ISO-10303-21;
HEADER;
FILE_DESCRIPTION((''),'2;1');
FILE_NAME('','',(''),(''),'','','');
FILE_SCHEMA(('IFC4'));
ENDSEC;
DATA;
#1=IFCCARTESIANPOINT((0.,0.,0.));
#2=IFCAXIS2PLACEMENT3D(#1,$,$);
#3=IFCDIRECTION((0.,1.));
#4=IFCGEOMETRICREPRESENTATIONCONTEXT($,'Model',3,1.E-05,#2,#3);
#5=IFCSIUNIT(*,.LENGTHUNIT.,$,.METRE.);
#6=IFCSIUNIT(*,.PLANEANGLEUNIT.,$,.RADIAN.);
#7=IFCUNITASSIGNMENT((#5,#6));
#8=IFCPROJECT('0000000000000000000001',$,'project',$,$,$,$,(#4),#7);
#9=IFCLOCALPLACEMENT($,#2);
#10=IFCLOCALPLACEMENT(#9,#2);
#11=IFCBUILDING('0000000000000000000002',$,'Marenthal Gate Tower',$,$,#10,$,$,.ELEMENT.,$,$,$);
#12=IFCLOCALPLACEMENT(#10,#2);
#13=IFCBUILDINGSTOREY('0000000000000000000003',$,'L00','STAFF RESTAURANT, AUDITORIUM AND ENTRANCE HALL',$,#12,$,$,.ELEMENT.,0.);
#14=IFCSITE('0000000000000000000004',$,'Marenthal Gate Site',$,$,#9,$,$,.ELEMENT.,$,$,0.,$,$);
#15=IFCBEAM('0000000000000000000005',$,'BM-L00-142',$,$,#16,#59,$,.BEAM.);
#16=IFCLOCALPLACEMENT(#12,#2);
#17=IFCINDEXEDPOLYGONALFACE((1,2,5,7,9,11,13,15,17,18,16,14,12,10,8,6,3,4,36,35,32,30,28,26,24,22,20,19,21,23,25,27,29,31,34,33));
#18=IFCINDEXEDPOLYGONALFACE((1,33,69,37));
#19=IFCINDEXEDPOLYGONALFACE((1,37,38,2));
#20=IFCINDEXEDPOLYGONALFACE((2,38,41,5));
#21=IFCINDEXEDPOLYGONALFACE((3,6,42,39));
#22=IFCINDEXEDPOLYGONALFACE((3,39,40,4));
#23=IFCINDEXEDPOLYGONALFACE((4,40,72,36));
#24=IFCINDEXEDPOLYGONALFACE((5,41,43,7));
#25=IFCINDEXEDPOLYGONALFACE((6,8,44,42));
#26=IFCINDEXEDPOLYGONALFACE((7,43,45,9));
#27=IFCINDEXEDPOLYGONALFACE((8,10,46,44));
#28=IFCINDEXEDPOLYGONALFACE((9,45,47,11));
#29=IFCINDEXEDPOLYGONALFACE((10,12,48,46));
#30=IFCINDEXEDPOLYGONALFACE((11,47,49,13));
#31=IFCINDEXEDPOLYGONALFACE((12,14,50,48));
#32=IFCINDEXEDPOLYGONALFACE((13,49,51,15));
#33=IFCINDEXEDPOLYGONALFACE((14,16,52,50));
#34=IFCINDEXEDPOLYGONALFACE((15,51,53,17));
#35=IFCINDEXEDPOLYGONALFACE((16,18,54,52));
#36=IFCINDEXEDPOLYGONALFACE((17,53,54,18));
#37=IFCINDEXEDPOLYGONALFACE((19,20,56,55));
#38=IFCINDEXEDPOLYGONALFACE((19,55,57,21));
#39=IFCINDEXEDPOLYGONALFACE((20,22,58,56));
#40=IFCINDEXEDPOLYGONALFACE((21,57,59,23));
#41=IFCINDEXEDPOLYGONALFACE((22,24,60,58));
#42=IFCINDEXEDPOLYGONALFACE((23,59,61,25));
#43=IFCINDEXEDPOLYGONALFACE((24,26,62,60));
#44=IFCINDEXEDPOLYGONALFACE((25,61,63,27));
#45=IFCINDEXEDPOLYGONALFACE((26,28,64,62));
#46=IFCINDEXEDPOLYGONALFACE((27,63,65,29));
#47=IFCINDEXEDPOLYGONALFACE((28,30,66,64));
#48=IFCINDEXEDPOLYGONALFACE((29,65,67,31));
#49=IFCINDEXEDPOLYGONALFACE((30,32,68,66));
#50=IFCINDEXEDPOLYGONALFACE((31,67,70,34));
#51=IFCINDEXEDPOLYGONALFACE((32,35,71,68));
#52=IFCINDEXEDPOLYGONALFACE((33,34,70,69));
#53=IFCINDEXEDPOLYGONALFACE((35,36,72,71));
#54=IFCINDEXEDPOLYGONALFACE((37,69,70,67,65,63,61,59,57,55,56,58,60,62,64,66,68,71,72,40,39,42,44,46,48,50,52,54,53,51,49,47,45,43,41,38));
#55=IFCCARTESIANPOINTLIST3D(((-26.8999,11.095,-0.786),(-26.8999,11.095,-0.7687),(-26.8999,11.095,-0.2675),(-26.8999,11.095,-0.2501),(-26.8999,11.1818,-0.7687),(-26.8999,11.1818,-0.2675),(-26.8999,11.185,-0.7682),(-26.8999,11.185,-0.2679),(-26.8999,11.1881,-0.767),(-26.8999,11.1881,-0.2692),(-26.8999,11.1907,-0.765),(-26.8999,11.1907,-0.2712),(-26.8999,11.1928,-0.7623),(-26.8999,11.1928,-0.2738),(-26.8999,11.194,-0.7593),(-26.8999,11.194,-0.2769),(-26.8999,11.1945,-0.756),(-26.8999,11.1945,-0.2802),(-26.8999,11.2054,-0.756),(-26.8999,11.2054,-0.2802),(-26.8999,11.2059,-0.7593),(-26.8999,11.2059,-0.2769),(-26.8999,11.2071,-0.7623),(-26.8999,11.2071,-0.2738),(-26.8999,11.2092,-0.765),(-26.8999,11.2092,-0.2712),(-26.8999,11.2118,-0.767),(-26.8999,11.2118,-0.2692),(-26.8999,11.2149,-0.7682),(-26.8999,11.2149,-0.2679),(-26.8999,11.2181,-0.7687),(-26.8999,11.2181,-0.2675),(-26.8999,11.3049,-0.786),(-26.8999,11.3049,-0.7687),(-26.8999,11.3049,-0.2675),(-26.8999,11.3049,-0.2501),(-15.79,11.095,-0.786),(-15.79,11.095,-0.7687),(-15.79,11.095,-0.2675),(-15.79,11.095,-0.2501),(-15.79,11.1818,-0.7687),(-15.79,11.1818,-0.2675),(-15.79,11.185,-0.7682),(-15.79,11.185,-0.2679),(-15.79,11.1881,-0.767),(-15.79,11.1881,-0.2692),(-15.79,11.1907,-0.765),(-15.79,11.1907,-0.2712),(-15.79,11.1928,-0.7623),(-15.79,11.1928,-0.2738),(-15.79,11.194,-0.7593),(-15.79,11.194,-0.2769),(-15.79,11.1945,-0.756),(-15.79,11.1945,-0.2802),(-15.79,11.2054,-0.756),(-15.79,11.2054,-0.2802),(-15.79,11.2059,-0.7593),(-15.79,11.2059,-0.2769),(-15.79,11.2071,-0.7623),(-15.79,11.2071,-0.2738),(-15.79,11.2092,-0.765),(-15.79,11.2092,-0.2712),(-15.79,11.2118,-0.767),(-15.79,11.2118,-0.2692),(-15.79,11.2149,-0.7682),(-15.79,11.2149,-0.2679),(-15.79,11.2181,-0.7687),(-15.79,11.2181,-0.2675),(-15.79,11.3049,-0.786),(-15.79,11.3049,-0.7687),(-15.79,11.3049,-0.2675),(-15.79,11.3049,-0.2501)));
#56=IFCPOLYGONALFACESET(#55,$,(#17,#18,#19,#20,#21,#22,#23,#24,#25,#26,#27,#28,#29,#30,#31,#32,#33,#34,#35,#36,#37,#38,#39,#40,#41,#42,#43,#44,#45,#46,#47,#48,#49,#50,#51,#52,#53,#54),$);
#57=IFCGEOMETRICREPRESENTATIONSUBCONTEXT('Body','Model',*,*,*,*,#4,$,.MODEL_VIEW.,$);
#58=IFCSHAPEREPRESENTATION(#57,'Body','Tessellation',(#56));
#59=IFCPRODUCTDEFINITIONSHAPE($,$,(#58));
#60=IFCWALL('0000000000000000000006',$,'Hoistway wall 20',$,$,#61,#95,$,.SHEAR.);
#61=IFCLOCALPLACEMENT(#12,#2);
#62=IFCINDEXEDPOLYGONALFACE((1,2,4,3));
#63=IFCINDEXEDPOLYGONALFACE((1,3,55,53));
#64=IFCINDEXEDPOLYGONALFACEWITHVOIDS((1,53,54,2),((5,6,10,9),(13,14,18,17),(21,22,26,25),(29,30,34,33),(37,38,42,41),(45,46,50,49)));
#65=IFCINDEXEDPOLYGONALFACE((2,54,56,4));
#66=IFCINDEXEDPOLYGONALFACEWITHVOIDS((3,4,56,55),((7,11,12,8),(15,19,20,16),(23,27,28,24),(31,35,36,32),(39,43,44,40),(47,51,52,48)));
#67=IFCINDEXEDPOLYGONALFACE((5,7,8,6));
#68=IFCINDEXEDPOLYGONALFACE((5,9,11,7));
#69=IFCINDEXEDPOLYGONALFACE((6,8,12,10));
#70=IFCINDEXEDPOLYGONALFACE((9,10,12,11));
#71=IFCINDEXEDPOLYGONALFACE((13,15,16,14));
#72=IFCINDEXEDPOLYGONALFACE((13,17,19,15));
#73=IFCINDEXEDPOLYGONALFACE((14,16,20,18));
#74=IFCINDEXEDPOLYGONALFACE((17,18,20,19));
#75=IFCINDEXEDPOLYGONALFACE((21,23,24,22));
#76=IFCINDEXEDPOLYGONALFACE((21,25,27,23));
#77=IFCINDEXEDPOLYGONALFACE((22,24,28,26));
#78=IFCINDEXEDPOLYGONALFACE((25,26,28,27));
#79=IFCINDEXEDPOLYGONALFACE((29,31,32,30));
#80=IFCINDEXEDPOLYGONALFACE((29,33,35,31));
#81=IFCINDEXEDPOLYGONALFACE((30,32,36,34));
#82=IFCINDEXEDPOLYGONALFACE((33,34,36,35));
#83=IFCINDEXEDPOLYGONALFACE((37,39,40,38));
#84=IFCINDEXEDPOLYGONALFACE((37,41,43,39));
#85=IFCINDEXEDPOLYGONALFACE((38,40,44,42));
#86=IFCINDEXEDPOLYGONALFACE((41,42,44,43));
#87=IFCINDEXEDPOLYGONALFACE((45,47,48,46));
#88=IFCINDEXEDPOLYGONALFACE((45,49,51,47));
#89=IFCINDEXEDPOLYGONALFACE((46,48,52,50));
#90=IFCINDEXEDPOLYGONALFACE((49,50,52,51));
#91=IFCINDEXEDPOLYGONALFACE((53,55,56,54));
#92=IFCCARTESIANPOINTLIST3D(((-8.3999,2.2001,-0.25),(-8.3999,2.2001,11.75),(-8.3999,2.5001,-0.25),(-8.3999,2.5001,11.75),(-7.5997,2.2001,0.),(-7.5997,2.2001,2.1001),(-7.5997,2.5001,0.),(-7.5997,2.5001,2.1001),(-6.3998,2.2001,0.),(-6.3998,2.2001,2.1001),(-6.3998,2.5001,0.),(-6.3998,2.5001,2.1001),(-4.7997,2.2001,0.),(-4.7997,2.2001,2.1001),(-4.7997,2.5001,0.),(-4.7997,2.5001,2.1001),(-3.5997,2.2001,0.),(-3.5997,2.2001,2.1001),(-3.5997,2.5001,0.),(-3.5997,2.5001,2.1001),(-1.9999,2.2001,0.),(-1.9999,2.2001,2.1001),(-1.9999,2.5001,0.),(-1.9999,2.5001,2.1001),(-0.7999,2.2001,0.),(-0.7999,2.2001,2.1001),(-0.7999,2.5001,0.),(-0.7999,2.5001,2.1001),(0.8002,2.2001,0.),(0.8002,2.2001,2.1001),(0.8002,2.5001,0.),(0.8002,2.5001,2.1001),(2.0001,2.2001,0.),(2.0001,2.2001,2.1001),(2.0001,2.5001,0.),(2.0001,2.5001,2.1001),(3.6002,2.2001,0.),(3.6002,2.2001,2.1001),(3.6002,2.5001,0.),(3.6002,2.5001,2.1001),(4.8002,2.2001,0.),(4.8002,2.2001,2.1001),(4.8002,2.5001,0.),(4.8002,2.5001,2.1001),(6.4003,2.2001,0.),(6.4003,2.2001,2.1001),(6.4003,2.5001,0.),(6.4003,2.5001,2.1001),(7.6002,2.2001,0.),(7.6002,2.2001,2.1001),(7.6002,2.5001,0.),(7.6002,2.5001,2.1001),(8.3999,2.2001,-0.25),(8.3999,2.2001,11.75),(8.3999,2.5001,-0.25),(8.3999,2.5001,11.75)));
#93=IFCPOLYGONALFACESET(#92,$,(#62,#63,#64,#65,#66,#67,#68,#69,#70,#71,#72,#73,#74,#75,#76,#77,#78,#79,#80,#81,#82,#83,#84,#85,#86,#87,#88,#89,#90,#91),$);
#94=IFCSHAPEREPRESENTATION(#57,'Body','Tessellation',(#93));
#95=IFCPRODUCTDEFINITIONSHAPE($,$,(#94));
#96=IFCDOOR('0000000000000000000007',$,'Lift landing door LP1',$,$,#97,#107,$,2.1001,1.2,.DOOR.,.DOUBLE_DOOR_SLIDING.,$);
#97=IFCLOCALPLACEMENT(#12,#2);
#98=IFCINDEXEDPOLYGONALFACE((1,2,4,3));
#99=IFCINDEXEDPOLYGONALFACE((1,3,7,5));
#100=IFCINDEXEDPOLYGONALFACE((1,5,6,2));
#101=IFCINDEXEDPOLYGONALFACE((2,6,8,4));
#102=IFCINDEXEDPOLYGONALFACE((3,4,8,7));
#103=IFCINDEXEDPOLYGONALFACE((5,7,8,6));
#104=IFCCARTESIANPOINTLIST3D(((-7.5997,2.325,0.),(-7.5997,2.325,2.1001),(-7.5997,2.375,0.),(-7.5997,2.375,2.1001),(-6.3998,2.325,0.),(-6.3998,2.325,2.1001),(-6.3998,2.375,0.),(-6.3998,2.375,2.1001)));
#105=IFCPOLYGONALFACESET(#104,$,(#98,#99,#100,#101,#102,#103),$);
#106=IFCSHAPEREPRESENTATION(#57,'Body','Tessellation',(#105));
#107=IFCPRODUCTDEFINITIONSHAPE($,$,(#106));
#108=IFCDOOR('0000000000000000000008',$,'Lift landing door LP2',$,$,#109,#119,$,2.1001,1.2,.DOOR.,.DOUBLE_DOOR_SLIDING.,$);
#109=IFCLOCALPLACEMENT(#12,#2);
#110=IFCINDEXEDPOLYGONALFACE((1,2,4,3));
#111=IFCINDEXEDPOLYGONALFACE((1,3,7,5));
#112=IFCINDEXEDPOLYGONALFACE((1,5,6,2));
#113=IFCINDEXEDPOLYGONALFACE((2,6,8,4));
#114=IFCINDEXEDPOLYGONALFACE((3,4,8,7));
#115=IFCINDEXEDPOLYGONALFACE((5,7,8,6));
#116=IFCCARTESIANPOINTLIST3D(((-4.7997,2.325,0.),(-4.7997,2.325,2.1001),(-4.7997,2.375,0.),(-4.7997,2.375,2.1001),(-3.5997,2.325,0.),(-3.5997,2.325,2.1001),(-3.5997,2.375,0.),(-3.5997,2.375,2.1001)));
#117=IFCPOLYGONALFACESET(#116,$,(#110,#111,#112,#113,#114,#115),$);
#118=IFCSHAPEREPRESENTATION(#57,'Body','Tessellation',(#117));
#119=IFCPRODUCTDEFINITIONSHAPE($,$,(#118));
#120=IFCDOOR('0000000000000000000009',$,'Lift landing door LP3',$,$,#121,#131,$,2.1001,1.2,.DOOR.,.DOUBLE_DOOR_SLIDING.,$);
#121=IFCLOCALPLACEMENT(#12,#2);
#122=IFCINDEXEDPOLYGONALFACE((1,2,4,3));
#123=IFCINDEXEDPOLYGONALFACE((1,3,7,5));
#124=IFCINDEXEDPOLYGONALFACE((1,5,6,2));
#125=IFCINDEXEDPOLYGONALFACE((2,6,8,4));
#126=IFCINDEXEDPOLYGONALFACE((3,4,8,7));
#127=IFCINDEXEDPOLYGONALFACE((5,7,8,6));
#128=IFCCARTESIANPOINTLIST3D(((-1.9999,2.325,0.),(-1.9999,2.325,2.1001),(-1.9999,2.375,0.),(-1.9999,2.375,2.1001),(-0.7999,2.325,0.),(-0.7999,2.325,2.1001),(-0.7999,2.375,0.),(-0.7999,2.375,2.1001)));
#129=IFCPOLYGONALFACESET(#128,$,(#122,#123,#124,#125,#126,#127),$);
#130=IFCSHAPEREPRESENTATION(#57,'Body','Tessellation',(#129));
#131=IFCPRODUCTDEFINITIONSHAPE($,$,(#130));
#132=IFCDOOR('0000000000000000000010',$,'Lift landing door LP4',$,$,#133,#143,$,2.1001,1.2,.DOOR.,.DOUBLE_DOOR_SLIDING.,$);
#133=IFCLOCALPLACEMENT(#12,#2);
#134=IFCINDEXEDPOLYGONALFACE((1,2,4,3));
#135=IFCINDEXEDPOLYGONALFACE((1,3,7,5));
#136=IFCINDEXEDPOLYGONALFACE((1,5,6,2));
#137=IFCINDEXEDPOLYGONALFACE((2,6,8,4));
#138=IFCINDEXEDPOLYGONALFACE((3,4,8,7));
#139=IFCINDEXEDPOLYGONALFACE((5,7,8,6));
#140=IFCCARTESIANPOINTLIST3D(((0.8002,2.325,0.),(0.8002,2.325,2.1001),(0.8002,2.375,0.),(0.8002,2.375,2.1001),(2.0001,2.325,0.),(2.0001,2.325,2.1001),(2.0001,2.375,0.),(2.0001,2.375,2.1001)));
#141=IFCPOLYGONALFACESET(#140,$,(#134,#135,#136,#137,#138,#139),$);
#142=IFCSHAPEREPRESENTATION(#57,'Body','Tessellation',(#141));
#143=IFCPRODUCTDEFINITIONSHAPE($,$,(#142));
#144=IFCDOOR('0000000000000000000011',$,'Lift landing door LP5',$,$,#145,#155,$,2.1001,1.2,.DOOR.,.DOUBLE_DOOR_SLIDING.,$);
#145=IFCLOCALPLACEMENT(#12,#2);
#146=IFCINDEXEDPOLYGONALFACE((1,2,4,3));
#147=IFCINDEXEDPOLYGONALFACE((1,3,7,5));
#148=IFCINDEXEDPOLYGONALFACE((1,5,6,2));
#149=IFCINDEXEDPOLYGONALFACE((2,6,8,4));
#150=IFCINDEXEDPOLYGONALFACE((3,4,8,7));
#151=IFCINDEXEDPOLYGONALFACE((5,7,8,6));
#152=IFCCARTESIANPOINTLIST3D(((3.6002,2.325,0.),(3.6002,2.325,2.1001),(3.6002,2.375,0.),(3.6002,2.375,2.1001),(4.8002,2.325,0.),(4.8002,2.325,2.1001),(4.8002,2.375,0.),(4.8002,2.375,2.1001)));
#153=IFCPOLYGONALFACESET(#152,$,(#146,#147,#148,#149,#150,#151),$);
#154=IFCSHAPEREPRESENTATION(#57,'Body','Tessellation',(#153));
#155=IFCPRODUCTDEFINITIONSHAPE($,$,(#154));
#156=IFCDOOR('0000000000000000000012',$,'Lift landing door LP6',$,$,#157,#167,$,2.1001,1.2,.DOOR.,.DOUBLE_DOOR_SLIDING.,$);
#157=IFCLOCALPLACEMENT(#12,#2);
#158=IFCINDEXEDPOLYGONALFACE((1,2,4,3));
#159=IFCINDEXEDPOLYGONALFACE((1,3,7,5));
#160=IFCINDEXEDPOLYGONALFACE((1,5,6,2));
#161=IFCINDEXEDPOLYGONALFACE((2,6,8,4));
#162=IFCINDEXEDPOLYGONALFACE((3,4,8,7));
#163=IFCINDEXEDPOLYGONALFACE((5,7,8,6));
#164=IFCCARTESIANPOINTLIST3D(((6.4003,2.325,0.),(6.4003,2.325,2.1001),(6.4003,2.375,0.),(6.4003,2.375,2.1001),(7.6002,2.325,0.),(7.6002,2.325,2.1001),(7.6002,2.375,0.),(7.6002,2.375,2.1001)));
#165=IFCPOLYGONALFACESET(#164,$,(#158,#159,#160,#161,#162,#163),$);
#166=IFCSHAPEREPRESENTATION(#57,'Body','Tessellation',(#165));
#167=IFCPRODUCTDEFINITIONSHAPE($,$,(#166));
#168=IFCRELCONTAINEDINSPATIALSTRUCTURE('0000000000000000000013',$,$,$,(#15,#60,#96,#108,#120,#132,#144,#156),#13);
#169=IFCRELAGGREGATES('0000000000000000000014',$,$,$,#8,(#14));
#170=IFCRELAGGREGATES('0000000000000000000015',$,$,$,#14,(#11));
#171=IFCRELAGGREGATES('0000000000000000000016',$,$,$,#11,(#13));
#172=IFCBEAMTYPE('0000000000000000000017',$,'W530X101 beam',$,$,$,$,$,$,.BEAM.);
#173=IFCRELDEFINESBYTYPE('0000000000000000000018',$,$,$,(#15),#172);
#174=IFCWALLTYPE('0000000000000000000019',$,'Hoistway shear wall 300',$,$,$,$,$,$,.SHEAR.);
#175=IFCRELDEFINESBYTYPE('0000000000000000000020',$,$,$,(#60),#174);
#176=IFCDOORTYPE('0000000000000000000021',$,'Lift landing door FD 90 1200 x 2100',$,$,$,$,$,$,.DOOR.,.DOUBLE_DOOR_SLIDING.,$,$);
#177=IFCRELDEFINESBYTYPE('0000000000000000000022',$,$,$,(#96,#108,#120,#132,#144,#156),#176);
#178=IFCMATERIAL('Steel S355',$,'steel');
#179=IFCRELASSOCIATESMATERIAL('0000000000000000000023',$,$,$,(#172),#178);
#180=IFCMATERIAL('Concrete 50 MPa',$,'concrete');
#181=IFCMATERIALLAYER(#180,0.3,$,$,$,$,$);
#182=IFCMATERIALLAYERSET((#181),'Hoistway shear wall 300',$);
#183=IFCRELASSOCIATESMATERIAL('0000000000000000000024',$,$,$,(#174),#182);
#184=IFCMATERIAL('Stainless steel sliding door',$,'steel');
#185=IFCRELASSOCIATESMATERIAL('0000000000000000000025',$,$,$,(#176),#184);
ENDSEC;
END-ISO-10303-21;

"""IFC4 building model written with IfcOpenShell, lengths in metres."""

from ifc_helpers import new_model, si_unit, direction, frame, frame_2d, origin, origin_2d, place, context, subcontext, project, spatial, rectangle, i_section, extrude, material, layer, layer_set, material_profile, profile_set, type_object, element, fill, save


model = new_model("IFC4")

# Units and contexts
model_context = context("Model", 3, precision=1e-05, world=origin(), true_north=direction((0.0, 1.0)))
body_context = subcontext(model_context, "Body", "Model", "MODEL_VIEW")
ifc_project = project(units=[si_unit("LENGTHUNIT", "METRE"), si_unit("PLANEANGLEUNIT", "RADIAN")], contexts=[model_context])

# Site, building, storey
site_placement = place(None, origin())
site = spatial("IfcSite", under=ifc_project, at=site_placement, Name="Marenthal Gate Site", CompositionType="ELEMENT", RefElevation=0.0)
building_placement = place(site_placement, origin())
building = spatial("IfcBuilding", under=site, at=building_placement, Name="Marenthal Gate Tower", CompositionType="ELEMENT")
storey_placement = place(building_placement, origin())
storey = spatial("IfcBuildingStorey", under=building, at=storey_placement, Name="L00", Description="STAFF RESTAURANT, AUDITORIUM AND ENTRANCE HALL", CompositionType="ELEMENT", Elevation=0.0)

# Beam
ifc_material_1 = material(Name="Steel S355", Category="steel")
ifc_material_profile = material_profile(ifc_material_1, i_section(OverallWidth=0.21, OverallDepth=0.5359, WebThickness=0.011, FlangeThickness=0.0173, FilletRadius=0.0127, at=origin_2d()), Name="W530X101")
ifc_profile_set = profile_set([ifc_material_profile], Name="Steel S355")
beam_type = type_object("IfcBeamType", Name="W530X101 beam", PredefinedType="BEAM", material=ifc_profile_set)
beam_placement = place(storey_placement, frame((-15.79, 11.2, -0.5181), z_axis=(-1.0, 0.0, 0.0), x_axis=(0.0, -1.0, 0.0)))
element("IfcBeam", 1, at=beam_placement, inside=storey, type_object=beam_type, Name="BM-L00-142", PredefinedType="BEAM", context=body_context, shape_type="SweptSolid", body=[
    extrude(i_section(OverallWidth=0.21, OverallDepth=0.5359, WebThickness=0.011, FlangeThickness=0.0173, FilletRadius=0.0127, at=origin_2d()), origin(), (0.0, 0.0, 1.0), 11.1099),
])

# Wall, openings, doors
ifc_material_2 = material(Name="Concrete 50 MPa", Category="concrete")
ifc_layer_1 = layer(ifc_material_2, 0.3)
ifc_layer_set_1 = layer_set([ifc_layer_1], Name="Hoistway shear wall 300")
wall_type_1 = type_object("IfcWallType", Name="Hoistway shear wall 300", PredefinedType="SHEAR", material=ifc_layer_set_1)
wall_1_placement = place(storey_placement, frame((-8.3999, 2.3501, -0.25), z_axis=(0.0, 0.0, 1.0), x_axis=(1.0, 0.0, 0.0)))
wall_1 = element("IfcWall", 2, at=wall_1_placement, inside=storey, type_object=wall_type_1, Name="Hoistway wall 20", PredefinedType="SHEAR", context=body_context, shape_type="SweptSolid", body=[
    extrude(rectangle(XDim=16.7998, YDim=0.3, at=frame_2d((8.3999, 0.0))), origin(), (0.0, 0.0, 1.0), 12.0),
])
opening_1_placement = place(wall_1_placement, frame((0.8, 0.0, 0.25)))
opening_1 = element("IfcOpeningElement", 3, at=opening_1_placement, cuts=wall_1, PredefinedType="OPENING", context=body_context, shape_type="SweptSolid", body=[
    extrude(rectangle(XDim=1.2, YDim=2.1001, at=frame_2d((0.6001, 1.05))), frame((0.0, 0.1602, 0.0), z_axis=(0.0, -1.0, 0.0), x_axis=(1.0, 0.0, 0.0)), (0.0, 0.0, 1.0), 0.3201),
])
opening_2_placement = place(wall_1_placement, frame((3.6001, 0.0, 0.25)))
opening_2 = element("IfcOpeningElement", 4, at=opening_2_placement, cuts=wall_1, PredefinedType="OPENING", context=body_context, shape_type="SweptSolid", body=[
    extrude(rectangle(XDim=1.2, YDim=2.1001, at=frame_2d((0.6001, 1.05))), frame((0.0, 0.1602, 0.0), z_axis=(0.0, -1.0, 0.0), x_axis=(1.0, 0.0, 0.0)), (0.0, 0.0, 1.0), 0.3201),
])
opening_3_placement = place(wall_1_placement, frame((6.3999, 0.0, 0.25)))
opening_3 = element("IfcOpeningElement", 5, at=opening_3_placement, cuts=wall_1, PredefinedType="OPENING", context=body_context, shape_type="SweptSolid", body=[
    extrude(rectangle(XDim=1.2, YDim=2.1001, at=frame_2d((0.6001, 1.05))), frame((0.0, 0.1602, 0.0), z_axis=(0.0, -1.0, 0.0), x_axis=(1.0, 0.0, 0.0)), (0.0, 0.0, 1.0), 0.3201),
])
opening_4_placement = place(wall_1_placement, frame((9.2, 0.0, 0.25)))
opening_4 = element("IfcOpeningElement", 6, at=opening_4_placement, cuts=wall_1, PredefinedType="OPENING", context=body_context, shape_type="SweptSolid", body=[
    extrude(rectangle(XDim=1.2, YDim=2.1001, at=frame_2d((0.6001, 1.05))), frame((0.0, 0.1602, 0.0), z_axis=(0.0, -1.0, 0.0), x_axis=(1.0, 0.0, 0.0)), (0.0, 0.0, 1.0), 0.3201),
])
opening_5_placement = place(wall_1_placement, frame((12.0, 0.0, 0.25)))
opening_5 = element("IfcOpeningElement", 7, at=opening_5_placement, cuts=wall_1, PredefinedType="OPENING", context=body_context, shape_type="SweptSolid", body=[
    extrude(rectangle(XDim=1.2, YDim=2.1001, at=frame_2d((0.6001, 1.05))), frame((0.0, 0.1602, 0.0), z_axis=(0.0, -1.0, 0.0), x_axis=(1.0, 0.0, 0.0)), (0.0, 0.0, 1.0), 0.3201),
])
opening_6_placement = place(wall_1_placement, frame((14.8, 0.0, 0.25)))
opening_6 = element("IfcOpeningElement", 8, at=opening_6_placement, cuts=wall_1, PredefinedType="OPENING", context=body_context, shape_type="SweptSolid", body=[
    extrude(rectangle(XDim=1.2, YDim=2.1001, at=frame_2d((0.6001, 1.05))), frame((0.0, 0.1602, 0.0), z_axis=(0.0, -1.0, 0.0), x_axis=(1.0, 0.0, 0.0)), (0.0, 0.0, 1.0), 0.3201),
])
ifc_material_3 = material(Name="Stainless steel sliding door", Category="steel")
door_type_1 = type_object("IfcDoorType", Name="Lift landing door FD 90 1200 x 2100", OperationType="DOUBLE_DOOR_SLIDING", PredefinedType="DOOR", material=ifc_material_3)
door_1_placement = place(opening_1_placement, origin())
door_1 = element("IfcDoor", 9, at=door_1_placement, inside=storey, type_object=door_type_1, Name="Lift landing door LP1", OperationType="DOUBLE_DOOR_SLIDING", OverallHeight=2.1001, OverallWidth=1.2, PredefinedType="DOOR", context=body_context, shape_type="SweptSolid", body=[
    extrude(rectangle(XDim=1.2, YDim=2.1001, at=frame_2d((0.6001, 1.05))), frame((0.0, 0.0249, 0.0), z_axis=(0.0, -1.0, 0.0), x_axis=(1.0, 0.0, 0.0)), (0.0, 0.0, 1.0), 0.05),
])
fill(opening_1, door_1)
door_2_placement = place(opening_2_placement, origin())
door_2 = element("IfcDoor", 10, at=door_2_placement, inside=storey, type_object=door_type_1, Name="Lift landing door LP2", OperationType="DOUBLE_DOOR_SLIDING", OverallHeight=2.1001, OverallWidth=1.2, PredefinedType="DOOR", context=body_context, shape_type="SweptSolid", body=[
    extrude(rectangle(XDim=1.2, YDim=2.1001, at=frame_2d((0.6001, 1.05))), frame((0.0, 0.0249, 0.0), z_axis=(0.0, -1.0, 0.0), x_axis=(1.0, 0.0, 0.0)), (0.0, 0.0, 1.0), 0.05),
])
fill(opening_2, door_2)
door_3_placement = place(opening_3_placement, origin())
door_3 = element("IfcDoor", 11, at=door_3_placement, inside=storey, type_object=door_type_1, Name="Lift landing door LP3", OperationType="DOUBLE_DOOR_SLIDING", OverallHeight=2.1001, OverallWidth=1.2, PredefinedType="DOOR", context=body_context, shape_type="SweptSolid", body=[
    extrude(rectangle(XDim=1.2, YDim=2.1001, at=frame_2d((0.6001, 1.05))), frame((0.0, 0.0249, 0.0), z_axis=(0.0, -1.0, 0.0), x_axis=(1.0, 0.0, 0.0)), (0.0, 0.0, 1.0), 0.05),
])
fill(opening_3, door_3)
door_4_placement = place(opening_4_placement, origin())
door_4 = element("IfcDoor", 12, at=door_4_placement, inside=storey, type_object=door_type_1, Name="Lift landing door LP4", OperationType="DOUBLE_DOOR_SLIDING", OverallHeight=2.1001, OverallWidth=1.2, PredefinedType="DOOR", context=body_context, shape_type="SweptSolid", body=[
    extrude(rectangle(XDim=1.2, YDim=2.1001, at=frame_2d((0.6001, 1.05))), frame((0.0, 0.0249, 0.0), z_axis=(0.0, -1.0, 0.0), x_axis=(1.0, 0.0, 0.0)), (0.0, 0.0, 1.0), 0.05),
])
fill(opening_4, door_4)
door_5_placement = place(opening_5_placement, origin())
door_5 = element("IfcDoor", 13, at=door_5_placement, inside=storey, type_object=door_type_1, Name="Lift landing door LP5", OperationType="DOUBLE_DOOR_SLIDING", OverallHeight=2.1001, OverallWidth=1.2, PredefinedType="DOOR", context=body_context, shape_type="SweptSolid", body=[
    extrude(rectangle(XDim=1.2, YDim=2.1001, at=frame_2d((0.6001, 1.05))), frame((0.0, 0.0249, 0.0), z_axis=(0.0, -1.0, 0.0), x_axis=(1.0, 0.0, 0.0)), (0.0, 0.0, 1.0), 0.05),
])
fill(opening_5, door_5)
door_6_placement = place(opening_6_placement, origin())
door_6 = element("IfcDoor", 14, at=door_6_placement, inside=storey, type_object=door_type_1, Name="Lift landing door LP6", OperationType="DOUBLE_DOOR_SLIDING", OverallHeight=2.1001, OverallWidth=1.2, PredefinedType="DOOR", context=body_context, shape_type="SweptSolid", body=[
    extrude(rectangle(XDim=1.2, YDim=2.1001, at=frame_2d((0.6001, 1.05))), frame((0.0, 0.0249, 0.0), z_axis=(0.0, -1.0, 0.0), x_axis=(1.0, 0.0, 0.0)), (0.0, 0.0, 1.0), 0.05),
])
fill(opening_6, door_6)

save(model, "model.ifc")
